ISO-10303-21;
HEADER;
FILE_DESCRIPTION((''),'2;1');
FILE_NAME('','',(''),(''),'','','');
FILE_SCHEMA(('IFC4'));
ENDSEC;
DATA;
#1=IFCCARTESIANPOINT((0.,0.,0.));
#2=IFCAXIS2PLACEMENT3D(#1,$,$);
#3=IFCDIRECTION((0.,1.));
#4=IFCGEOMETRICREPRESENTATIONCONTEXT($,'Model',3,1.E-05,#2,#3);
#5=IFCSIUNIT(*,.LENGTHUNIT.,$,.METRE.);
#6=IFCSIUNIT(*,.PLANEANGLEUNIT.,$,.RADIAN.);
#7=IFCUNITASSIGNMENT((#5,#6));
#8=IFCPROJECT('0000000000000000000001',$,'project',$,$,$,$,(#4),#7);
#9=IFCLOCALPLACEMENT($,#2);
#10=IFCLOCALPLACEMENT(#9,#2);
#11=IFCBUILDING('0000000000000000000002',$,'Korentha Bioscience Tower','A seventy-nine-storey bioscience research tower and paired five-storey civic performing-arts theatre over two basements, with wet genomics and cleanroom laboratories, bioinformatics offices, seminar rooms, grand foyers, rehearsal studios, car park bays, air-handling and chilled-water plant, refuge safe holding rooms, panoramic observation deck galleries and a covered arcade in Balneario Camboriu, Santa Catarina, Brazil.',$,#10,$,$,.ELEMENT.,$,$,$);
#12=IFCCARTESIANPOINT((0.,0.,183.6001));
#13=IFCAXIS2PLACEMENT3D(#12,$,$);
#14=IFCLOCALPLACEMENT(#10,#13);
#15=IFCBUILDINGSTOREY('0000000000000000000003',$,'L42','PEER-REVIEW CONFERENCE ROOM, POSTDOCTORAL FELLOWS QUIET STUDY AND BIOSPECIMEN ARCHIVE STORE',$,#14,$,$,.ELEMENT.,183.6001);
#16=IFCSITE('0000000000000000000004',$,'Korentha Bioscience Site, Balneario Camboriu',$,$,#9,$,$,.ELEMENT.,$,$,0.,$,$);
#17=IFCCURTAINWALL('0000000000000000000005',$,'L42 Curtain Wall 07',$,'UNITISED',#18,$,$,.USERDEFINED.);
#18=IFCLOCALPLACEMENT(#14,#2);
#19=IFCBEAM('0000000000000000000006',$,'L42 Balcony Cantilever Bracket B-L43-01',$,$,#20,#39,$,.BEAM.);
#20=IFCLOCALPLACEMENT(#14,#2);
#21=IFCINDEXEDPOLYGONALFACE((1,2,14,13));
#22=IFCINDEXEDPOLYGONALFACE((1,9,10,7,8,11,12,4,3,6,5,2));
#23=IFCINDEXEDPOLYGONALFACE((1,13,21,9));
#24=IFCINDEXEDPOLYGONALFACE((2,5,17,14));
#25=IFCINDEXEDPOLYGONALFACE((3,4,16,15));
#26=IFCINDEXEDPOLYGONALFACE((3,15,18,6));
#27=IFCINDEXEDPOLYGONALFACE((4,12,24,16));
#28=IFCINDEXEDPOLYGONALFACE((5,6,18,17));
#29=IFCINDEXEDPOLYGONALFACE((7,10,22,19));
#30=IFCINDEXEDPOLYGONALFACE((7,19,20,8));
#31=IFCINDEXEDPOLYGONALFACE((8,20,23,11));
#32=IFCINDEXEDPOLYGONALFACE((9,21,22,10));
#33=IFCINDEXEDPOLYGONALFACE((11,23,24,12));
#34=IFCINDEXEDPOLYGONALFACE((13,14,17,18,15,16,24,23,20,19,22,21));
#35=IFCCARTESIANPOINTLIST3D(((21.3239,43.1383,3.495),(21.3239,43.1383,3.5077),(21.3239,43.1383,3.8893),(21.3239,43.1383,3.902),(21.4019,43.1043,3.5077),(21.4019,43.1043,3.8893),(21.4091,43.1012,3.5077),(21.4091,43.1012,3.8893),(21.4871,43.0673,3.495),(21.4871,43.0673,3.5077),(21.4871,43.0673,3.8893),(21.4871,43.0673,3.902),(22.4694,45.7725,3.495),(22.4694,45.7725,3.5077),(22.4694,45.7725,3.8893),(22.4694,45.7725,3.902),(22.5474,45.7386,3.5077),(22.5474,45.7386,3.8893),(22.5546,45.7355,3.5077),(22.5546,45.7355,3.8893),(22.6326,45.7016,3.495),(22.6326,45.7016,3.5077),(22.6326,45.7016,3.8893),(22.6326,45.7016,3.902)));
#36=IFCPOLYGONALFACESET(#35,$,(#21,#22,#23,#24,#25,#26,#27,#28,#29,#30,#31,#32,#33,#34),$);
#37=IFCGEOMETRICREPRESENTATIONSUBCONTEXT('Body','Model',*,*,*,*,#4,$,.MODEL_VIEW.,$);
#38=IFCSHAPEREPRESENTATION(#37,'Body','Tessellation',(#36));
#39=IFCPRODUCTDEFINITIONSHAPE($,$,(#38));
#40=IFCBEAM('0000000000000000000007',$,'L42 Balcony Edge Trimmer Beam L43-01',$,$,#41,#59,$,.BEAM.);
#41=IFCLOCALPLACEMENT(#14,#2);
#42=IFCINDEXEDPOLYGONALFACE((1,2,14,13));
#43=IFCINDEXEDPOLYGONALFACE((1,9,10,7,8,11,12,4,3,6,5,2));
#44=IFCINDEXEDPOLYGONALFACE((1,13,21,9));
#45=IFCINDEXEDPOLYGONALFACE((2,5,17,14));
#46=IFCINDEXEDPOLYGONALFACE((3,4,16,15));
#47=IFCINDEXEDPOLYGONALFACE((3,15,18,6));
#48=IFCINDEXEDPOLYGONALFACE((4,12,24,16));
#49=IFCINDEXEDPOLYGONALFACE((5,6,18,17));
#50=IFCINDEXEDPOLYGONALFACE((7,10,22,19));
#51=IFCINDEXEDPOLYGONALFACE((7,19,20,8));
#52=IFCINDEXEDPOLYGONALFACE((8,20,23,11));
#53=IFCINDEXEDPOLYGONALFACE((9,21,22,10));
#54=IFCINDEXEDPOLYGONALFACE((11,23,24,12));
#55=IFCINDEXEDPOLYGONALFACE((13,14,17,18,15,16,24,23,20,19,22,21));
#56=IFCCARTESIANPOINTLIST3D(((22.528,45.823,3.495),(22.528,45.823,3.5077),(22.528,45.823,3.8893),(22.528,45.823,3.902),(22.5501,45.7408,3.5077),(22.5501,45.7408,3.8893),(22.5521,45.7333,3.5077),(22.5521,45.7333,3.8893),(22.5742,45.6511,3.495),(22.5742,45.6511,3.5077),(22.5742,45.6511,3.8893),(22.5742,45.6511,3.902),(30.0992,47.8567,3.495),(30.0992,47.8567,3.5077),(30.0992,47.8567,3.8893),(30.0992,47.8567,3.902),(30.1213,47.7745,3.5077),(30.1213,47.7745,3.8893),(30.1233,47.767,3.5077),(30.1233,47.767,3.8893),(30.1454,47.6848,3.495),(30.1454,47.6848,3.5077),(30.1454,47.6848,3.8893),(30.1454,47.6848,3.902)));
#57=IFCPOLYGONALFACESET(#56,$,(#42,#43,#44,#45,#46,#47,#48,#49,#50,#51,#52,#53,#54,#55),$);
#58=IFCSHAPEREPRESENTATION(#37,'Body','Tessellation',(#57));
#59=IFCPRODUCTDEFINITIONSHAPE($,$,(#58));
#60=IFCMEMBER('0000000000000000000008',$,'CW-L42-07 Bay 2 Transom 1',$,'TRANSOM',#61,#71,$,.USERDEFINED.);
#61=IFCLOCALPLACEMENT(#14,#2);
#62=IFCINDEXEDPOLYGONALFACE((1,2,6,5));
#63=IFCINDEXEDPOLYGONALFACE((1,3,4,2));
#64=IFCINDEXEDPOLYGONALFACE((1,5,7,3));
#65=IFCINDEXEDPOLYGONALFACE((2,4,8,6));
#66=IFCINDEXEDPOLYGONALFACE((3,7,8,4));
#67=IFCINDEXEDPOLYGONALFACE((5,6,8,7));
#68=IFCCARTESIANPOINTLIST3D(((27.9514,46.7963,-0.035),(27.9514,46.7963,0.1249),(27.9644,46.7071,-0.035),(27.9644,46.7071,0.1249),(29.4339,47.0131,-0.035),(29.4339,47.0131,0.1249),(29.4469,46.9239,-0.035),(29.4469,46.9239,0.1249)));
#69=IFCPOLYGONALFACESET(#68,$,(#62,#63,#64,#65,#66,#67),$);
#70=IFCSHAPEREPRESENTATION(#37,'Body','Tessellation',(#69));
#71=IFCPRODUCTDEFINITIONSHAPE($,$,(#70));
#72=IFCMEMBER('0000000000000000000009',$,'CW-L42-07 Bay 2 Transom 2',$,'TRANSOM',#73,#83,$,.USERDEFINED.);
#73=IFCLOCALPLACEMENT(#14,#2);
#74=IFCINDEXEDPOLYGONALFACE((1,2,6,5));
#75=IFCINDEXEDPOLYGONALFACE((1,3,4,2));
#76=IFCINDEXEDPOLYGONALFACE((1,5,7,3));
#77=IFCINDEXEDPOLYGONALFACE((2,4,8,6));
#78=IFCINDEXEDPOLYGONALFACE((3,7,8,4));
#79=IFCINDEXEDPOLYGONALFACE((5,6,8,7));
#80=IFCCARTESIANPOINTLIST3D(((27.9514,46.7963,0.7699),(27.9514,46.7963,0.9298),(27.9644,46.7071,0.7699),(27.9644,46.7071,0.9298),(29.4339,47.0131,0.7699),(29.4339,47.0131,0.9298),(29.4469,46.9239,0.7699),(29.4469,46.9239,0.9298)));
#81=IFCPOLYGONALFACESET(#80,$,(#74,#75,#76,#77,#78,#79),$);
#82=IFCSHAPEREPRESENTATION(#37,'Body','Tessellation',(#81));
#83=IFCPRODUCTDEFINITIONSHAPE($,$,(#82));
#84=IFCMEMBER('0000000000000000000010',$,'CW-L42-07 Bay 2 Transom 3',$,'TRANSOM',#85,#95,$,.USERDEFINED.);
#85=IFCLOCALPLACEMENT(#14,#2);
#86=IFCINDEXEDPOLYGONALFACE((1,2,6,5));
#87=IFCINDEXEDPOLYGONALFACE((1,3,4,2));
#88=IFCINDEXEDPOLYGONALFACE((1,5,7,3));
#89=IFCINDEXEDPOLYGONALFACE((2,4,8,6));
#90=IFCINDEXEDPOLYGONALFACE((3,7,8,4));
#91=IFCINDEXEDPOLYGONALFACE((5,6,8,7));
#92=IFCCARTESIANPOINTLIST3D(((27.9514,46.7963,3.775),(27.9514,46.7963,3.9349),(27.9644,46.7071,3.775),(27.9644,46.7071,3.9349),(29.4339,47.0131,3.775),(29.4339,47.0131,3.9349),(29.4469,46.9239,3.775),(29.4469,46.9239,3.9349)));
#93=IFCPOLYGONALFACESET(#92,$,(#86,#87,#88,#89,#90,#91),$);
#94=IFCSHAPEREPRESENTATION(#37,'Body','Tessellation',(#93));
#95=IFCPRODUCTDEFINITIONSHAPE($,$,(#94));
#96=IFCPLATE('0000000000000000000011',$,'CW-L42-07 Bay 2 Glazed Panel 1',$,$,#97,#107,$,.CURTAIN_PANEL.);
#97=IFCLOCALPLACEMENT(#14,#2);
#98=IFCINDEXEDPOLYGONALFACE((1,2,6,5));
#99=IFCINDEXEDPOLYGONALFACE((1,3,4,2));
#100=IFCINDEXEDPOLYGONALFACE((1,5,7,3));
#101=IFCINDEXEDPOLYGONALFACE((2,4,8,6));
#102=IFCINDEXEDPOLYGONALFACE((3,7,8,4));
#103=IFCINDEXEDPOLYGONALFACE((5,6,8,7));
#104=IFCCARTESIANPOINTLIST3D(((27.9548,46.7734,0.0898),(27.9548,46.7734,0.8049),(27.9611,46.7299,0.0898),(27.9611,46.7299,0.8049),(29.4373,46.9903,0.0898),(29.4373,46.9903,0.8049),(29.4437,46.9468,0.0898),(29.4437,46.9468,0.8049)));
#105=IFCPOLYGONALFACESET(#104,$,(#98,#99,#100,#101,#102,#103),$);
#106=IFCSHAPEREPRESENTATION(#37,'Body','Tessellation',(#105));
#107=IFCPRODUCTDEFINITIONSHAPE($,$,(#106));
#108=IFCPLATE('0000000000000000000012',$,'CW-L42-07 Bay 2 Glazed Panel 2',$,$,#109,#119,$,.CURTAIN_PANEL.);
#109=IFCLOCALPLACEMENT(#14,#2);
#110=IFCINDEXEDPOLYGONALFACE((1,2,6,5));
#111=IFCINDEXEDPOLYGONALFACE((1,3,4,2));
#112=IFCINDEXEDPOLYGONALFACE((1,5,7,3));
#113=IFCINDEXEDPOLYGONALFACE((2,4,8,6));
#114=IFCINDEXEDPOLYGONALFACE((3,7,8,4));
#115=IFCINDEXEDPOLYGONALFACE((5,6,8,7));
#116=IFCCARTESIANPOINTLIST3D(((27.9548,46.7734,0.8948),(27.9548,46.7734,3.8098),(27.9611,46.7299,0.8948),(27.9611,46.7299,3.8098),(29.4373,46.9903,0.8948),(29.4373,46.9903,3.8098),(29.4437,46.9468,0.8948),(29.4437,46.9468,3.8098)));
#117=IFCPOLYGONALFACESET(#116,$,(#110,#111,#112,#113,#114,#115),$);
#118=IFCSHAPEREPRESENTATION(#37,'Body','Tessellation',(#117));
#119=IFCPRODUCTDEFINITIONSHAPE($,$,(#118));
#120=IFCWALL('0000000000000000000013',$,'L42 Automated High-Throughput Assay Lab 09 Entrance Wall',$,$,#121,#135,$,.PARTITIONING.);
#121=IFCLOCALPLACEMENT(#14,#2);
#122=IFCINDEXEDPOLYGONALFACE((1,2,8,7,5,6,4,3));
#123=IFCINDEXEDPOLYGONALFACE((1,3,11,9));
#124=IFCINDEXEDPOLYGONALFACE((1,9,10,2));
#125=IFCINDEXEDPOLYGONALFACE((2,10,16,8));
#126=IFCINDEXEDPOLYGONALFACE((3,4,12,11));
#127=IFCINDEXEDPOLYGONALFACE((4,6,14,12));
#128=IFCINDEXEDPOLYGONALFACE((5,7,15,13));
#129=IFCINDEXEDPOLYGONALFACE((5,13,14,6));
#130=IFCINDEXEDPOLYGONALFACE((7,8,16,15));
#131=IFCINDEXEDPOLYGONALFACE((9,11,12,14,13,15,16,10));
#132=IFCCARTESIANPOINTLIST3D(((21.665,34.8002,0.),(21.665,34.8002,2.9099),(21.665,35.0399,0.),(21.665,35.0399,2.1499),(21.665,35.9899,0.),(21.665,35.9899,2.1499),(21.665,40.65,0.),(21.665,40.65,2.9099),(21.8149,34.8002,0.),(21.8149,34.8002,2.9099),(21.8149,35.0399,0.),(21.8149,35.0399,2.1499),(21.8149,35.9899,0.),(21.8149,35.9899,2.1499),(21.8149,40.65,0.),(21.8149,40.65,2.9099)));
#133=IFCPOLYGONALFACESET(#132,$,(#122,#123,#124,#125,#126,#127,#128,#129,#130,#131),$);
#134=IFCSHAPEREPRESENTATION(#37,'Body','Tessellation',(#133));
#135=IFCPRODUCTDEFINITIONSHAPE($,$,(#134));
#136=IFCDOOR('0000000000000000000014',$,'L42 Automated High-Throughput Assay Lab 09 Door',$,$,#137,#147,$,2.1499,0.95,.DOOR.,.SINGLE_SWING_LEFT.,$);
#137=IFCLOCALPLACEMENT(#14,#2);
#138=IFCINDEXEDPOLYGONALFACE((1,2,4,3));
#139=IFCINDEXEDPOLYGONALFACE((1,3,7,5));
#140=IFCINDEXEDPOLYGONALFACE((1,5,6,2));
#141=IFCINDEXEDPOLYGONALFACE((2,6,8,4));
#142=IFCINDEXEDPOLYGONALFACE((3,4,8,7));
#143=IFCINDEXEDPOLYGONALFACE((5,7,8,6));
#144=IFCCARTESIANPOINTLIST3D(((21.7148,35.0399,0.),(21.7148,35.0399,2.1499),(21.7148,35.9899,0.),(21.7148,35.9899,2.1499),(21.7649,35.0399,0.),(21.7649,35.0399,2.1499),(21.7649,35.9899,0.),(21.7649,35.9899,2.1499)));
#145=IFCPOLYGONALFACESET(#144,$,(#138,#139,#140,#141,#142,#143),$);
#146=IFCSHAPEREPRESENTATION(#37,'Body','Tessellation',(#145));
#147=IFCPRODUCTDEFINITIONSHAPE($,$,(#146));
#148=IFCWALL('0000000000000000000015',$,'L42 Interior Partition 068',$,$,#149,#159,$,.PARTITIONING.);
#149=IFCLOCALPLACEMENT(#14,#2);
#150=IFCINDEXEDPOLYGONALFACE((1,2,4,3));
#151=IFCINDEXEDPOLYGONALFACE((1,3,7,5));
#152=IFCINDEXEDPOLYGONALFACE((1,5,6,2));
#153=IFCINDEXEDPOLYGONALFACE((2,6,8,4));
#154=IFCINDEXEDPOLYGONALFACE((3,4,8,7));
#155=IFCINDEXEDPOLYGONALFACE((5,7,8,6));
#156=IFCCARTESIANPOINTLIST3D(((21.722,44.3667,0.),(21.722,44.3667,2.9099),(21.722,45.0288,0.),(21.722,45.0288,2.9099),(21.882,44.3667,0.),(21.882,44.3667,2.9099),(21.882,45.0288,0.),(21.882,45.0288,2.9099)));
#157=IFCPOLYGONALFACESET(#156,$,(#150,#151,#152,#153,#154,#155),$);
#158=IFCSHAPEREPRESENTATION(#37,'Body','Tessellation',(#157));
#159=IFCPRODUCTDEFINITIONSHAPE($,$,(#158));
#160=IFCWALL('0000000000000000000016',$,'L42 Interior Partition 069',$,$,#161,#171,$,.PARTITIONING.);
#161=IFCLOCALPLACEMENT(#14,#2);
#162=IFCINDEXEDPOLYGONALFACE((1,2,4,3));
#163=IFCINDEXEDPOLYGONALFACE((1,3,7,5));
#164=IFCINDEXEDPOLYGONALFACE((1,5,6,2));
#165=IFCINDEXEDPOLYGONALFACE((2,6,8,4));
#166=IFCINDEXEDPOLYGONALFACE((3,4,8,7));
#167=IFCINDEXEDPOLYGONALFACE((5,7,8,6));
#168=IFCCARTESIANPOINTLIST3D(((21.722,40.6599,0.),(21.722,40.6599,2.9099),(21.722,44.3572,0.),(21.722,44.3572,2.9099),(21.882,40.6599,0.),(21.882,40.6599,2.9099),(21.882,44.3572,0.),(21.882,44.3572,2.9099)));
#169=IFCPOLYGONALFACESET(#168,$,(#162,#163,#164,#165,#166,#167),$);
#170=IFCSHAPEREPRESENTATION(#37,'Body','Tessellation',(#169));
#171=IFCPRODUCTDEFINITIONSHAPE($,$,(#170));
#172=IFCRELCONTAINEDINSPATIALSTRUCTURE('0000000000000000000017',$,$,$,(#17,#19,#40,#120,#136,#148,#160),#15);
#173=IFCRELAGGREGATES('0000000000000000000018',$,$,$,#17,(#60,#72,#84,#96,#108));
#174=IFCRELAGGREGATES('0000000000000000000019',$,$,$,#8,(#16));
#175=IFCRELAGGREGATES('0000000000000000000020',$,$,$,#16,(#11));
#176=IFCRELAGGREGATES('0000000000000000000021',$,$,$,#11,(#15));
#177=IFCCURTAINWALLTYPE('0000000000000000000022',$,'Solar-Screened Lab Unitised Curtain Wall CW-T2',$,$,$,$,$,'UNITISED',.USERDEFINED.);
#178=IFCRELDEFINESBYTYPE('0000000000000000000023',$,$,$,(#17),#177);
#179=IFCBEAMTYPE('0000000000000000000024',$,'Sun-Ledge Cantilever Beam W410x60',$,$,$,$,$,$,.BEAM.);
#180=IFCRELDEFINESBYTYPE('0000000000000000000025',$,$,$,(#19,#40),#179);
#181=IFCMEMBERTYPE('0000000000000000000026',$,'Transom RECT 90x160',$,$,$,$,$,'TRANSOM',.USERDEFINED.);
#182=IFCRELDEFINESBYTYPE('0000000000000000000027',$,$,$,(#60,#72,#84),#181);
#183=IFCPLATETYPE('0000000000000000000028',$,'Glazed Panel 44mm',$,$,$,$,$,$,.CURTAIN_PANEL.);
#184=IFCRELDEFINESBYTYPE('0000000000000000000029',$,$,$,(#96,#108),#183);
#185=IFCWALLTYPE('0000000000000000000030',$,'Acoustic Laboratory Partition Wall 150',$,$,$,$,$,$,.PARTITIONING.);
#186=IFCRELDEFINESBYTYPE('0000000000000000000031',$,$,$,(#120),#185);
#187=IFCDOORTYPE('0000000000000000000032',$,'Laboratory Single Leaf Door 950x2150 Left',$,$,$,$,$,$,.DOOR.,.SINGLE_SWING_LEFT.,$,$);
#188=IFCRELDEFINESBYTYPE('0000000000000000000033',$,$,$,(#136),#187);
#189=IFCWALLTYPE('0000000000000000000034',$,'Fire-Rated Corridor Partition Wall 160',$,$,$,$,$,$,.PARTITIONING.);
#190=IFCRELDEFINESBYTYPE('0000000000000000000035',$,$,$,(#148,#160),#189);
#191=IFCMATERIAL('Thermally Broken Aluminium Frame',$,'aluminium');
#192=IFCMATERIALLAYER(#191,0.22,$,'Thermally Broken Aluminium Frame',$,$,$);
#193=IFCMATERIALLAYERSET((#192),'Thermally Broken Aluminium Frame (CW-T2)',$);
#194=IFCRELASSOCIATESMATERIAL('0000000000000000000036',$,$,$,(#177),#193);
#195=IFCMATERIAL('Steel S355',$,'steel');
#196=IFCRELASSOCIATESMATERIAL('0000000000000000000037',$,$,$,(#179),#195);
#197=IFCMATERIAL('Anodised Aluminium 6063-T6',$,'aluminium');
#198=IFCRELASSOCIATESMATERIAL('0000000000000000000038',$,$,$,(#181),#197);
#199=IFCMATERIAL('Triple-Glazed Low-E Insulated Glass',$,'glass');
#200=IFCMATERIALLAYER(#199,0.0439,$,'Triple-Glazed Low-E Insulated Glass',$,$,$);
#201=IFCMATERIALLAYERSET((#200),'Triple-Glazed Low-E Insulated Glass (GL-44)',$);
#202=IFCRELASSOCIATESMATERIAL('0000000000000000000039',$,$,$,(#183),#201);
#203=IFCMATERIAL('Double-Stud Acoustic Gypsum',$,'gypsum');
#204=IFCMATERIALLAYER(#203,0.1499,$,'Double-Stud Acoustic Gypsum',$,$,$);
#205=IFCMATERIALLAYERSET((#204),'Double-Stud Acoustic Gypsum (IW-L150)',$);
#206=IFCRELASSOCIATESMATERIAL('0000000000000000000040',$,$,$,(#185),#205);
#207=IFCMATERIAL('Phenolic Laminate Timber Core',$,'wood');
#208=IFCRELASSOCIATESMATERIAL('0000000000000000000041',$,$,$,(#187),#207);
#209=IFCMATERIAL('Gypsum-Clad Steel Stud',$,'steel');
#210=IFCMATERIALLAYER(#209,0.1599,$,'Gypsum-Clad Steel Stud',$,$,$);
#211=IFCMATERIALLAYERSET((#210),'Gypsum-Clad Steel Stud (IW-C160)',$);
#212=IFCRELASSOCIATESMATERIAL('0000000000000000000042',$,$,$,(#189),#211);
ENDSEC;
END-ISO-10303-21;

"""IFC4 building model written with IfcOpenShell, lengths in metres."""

from ifc_helpers import new_model, si_unit, direction, frame, frame_2d, origin, origin_2d, place, context, subcontext, project, spatial, rectangle, i_section, extrude, material, layer, layer_set, material_profile, profile_set, type_object, element, fill, aggregate, save


model = new_model("IFC4")

# Units and contexts
model_context = context("Model", 3, precision=1e-05, world=origin(), true_north=direction((0.0, 1.0)))
body_context = subcontext(model_context, "Body", "Model", "MODEL_VIEW")
ifc_project = project(units=[si_unit("LENGTHUNIT", "METRE"), si_unit("PLANEANGLEUNIT", "RADIAN")], contexts=[model_context])

# Site, building, storey
site_placement = place(None, origin())
site = spatial("IfcSite", under=ifc_project, at=site_placement, Name="Korentha Bioscience Site, Balneario Camboriu", CompositionType="ELEMENT", RefElevation=0.0)
building_placement = place(site_placement, origin())
building = spatial("IfcBuilding", under=site, at=building_placement, Name="Korentha Bioscience Tower", Description="A seventy-nine-storey bioscience research tower and paired five-storey civic performing-arts theatre over two basements, with wet genomics and cleanroom laboratories, bioinformatics offices, seminar rooms, grand foyers, rehearsal studios, car park bays, air-handling and chilled-water plant, refuge safe holding rooms, panoramic observation deck galleries and a covered arcade in Balneario Camboriu, Santa Catarina, Brazil.", CompositionType="ELEMENT")
storey_placement = place(building_placement, frame((0.0, 0.0, 183.6001)))
storey = spatial("IfcBuildingStorey", under=building, at=storey_placement, Name="L42", Description="PEER-REVIEW CONFERENCE ROOM, POSTDOCTORAL FELLOWS QUIET STUDY AND BIOSPECIMEN ARCHIVE STORE", CompositionType="ELEMENT", Elevation=183.6001)

# Shared definitions
ifc_material_1 = material(Name="Steel S355", Category="steel")

# Curtain wall
ifc_material_2 = material(Name="Thermally Broken Aluminium Frame", Category="aluminium")
ifc_layer_1 = layer(ifc_material_2, 0.22, Name="Thermally Broken Aluminium Frame")
ifc_layer_set_1 = layer_set([ifc_layer_1], Name="Thermally Broken Aluminium Frame (CW-T2)")
curtain_wall_type = type_object("IfcCurtainWallType", Name="Solar-Screened Lab Unitised Curtain Wall CW-T2", ElementType="UNITISED", PredefinedType="USERDEFINED", material=ifc_layer_set_1)
curtain_wall_placement = place(storey_placement, origin())
curtain_wall = element("IfcCurtainWall", 1, at=curtain_wall_placement, inside=storey, type_object=curtain_wall_type, Name="L42 Curtain Wall 07", ObjectType="UNITISED", PredefinedType="USERDEFINED")
ifc_material_3 = material(Name="Anodised Aluminium 6063-T6", Category="aluminium")

# Beams
ifc_material_profile_1 = material_profile(ifc_material_1, i_section(OverallWidth=0.178, OverallDepth=0.407, WebThickness=0.0078, FlangeThickness=0.0127, at=origin_2d()), Name="Steel S355")
ifc_profile_set_1 = profile_set([ifc_material_profile_1], Name="Steel S355 (CB-410)")
beam_type_1 = type_object("IfcBeamType", Name="Sun-Ledge Cantilever Beam W410x60", PredefinedType="BEAM", material=ifc_profile_set_1)
beam_1_placement = place(storey_placement, frame((21.4055, 43.1028, 3.6985), z_axis=(0.398776, 0.917048, 0.0), x_axis=(-0.917048, 0.398776, 0.0)))
element("IfcBeam", 2, at=beam_1_placement, inside=storey, type_object=beam_type_1, Name="L42 Balcony Cantilever Bracket B-L43-01", PredefinedType="BEAM", context=body_context, shape_type="SweptSolid", body=[
    extrude(i_section(OverallWidth=0.178, OverallDepth=0.407, WebThickness=0.0078, FlangeThickness=0.0127, at=origin_2d()), origin(), (0.0, 0.0, 1.0), 2.8726),
])
beam_2_placement = place(storey_placement, frame((30.1223, 47.7708, 3.6985), z_axis=(-0.965767, -0.259411, 0.0), x_axis=(0.259411, -0.965767, 0.0)))
element("IfcBeam", 3, at=beam_2_placement, inside=storey, type_object=beam_type_1, Name="L42 Balcony Edge Trimmer Beam L43-01", PredefinedType="BEAM", context=body_context, shape_type="SweptSolid", body=[
    extrude(i_section(OverallWidth=0.178, OverallDepth=0.407, WebThickness=0.0078, FlangeThickness=0.0127, at=origin_2d()), origin(), (0.0, 0.0, 1.0), 7.8396),
])

# Members
ifc_material_profile_2 = material_profile(ifc_material_3, rectangle(XDim=0.0901, YDim=0.1599, at=origin_2d()), Name="Anodised Aluminium 6063-T6")
ifc_profile_set_2 = profile_set([ifc_material_profile_2], Name="Anodised Aluminium 6063-T6 (CW-TRN)")
member_type_1 = type_object("IfcMemberType", Name="Transom RECT 90x160", ElementType="TRANSOM", PredefinedType="USERDEFINED", material=ifc_profile_set_2)
member_1_placement = place(storey_placement, frame((29.4404, 46.9685, 0.0449), z_axis=(-0.989475, -0.144706, 0.0), x_axis=(0.144706, -0.989475, 0.0)))
member_1 = element("IfcMember", 4, at=member_1_placement, type_object=member_type_1, Name="CW-L42-07 Bay 2 Transom 1", ObjectType="TRANSOM", PredefinedType="USERDEFINED", context=body_context, shape_type="SweptSolid", body=[
    extrude(rectangle(XDim=0.0901, YDim=0.1599, at=origin_2d()), origin(), (0.0, 0.0, 1.0), 1.4983),
])
member_2_placement = place(storey_placement, frame((29.4404, 46.9685, 0.8499), z_axis=(-0.989475, -0.144706, 0.0), x_axis=(0.144706, -0.989475, 0.0)))
member_2 = element("IfcMember", 5, at=member_2_placement, type_object=member_type_1, Name="CW-L42-07 Bay 2 Transom 2", ObjectType="TRANSOM", PredefinedType="USERDEFINED", context=body_context, shape_type="SweptSolid", body=[
    extrude(rectangle(XDim=0.0901, YDim=0.1599, at=origin_2d()), origin(), (0.0, 0.0, 1.0), 1.4983),
])
member_3_placement = place(storey_placement, frame((29.4404, 46.9685, 3.855), z_axis=(-0.989475, -0.144706, 0.0), x_axis=(0.144706, -0.989475, 0.0)))
member_3 = element("IfcMember", 6, at=member_3_placement, type_object=member_type_1, Name="CW-L42-07 Bay 2 Transom 3", ObjectType="TRANSOM", PredefinedType="USERDEFINED", context=body_context, shape_type="SweptSolid", body=[
    extrude(rectangle(XDim=0.0901, YDim=0.1599, at=origin_2d()), origin(), (0.0, 0.0, 1.0), 1.4983),
])

# Plates
ifc_material_4 = material(Name="Triple-Glazed Low-E Insulated Glass", Category="glass")
ifc_layer_2 = layer(ifc_material_4, 0.0439, Name="Triple-Glazed Low-E Insulated Glass")
ifc_layer_set_2 = layer_set([ifc_layer_2], Name="Triple-Glazed Low-E Insulated Glass (GL-44)")
plate_type = type_object("IfcPlateType", Name="Glazed Panel 44mm", PredefinedType="CURTAIN_PANEL", material=ifc_layer_set_2)
plate_1_placement = place(storey_placement, frame((28.6992, 46.8601, 0.0898), z_axis=(0.0, 0.0, 1.0), x_axis=(-0.989462, -0.144793, 0.0)))
plate_1 = element("IfcPlate", 7, at=plate_1_placement, type_object=plate_type, Name="CW-L42-07 Bay 2 Glazed Panel 1", PredefinedType="CURTAIN_PANEL", context=body_context, shape_type="SweptSolid", body=[
    extrude(rectangle(XDim=1.4983, YDim=0.0439, at=origin_2d()), origin(), (0.0, 0.0, 1.0), 0.7151),
])
plate_2_placement = place(storey_placement, frame((28.6992, 46.8601, 0.8948), z_axis=(0.0, 0.0, 1.0), x_axis=(-0.989462, -0.144793, 0.0)))
plate_2 = element("IfcPlate", 8, at=plate_2_placement, type_object=plate_type, Name="CW-L42-07 Bay 2 Glazed Panel 2", PredefinedType="CURTAIN_PANEL", context=body_context, shape_type="SweptSolid", body=[
    extrude(rectangle(XDim=1.4983, YDim=0.0439, at=origin_2d()), origin(), (0.0, 0.0, 1.0), 2.915),
])
aggregate(curtain_wall, [member_1, member_2, member_3, plate_1, plate_2])

# Wall, opening, door
ifc_material_5 = material(Name="Double-Stud Acoustic Gypsum", Category="gypsum")
ifc_layer_3 = layer(ifc_material_5, 0.1499, Name="Double-Stud Acoustic Gypsum")
ifc_layer_set_3 = layer_set([ifc_layer_3], Name="Double-Stud Acoustic Gypsum (IW-L150)")
wall_type_1 = type_object("IfcWallType", Name="Acoustic Laboratory Partition Wall 150", PredefinedType="PARTITIONING", material=ifc_layer_set_3)
wall_1_placement = place(storey_placement, frame((21.74, 40.6499, 0.0), z_axis=(0.0, 0.0, 1.0), x_axis=(0.0, -1.0, 0.0)))
wall_1 = element("IfcWall", 9, at=wall_1_placement, inside=storey, type_object=wall_type_1, Name="L42 Automated High-Throughput Assay Lab 09 Entrance Wall", PredefinedType="PARTITIONING", context=body_context, shape_type="SweptSolid", body=[
    extrude(rectangle(XDim=5.8499, YDim=0.1499, at=frame_2d((2.9248, 0.0))), origin(), (0.0, 0.0, 1.0), 2.9099),
])
opening_1_placement = place(wall_1_placement, frame((4.6599, 0.0, 0.0)))
opening_1 = element("IfcOpeningElement", 10, at=opening_1_placement, cuts=wall_1, PredefinedType="OPENING", context=body_context, shape_type="SweptSolid", body=[
    extrude(rectangle(XDim=0.95, YDim=2.1499, at=frame_2d((0.4751, 1.075))), frame((0.0, 0.0898, 0.0), z_axis=(0.0, -1.0, 0.0), x_axis=(1.0, 0.0, 0.0)), (0.0, 0.0, 1.0), 0.1797),
])
ifc_material_6 = material(Name="Phenolic Laminate Timber Core", Category="wood")
door_type = type_object("IfcDoorType", Name="Laboratory Single Leaf Door 950x2150 Left", OperationType="SINGLE_SWING_LEFT", PredefinedType="DOOR", material=ifc_material_6)
door_placement = place(opening_1_placement, origin())
door = element("IfcDoor", 11, at=door_placement, inside=storey, type_object=door_type, Name="L42 Automated High-Throughput Assay Lab 09 Door", OperationType="SINGLE_SWING_LEFT", OverallHeight=2.1499, OverallWidth=0.95, PredefinedType="DOOR", context=body_context, shape_type="SweptSolid", body=[
    extrude(rectangle(XDim=0.95, YDim=2.1499, at=frame_2d((0.4751, 1.075))), frame((0.0, 0.0249, 0.0), z_axis=(0.0, -1.0, 0.0), x_axis=(1.0, 0.0, 0.0)), (0.0, 0.0, 1.0), 0.05),
])
fill(opening_1, door)

# Walls
ifc_material_7 = material(Name="Gypsum-Clad Steel Stud", Category="steel")
ifc_layer_4 = layer(ifc_material_7, 0.1599, Name="Gypsum-Clad Steel Stud")
ifc_layer_set_4 = layer_set([ifc_layer_4], Name="Gypsum-Clad Steel Stud (IW-C160)")
wall_type_2 = type_object("IfcWallType", Name="Fire-Rated Corridor Partition Wall 160", PredefinedType="PARTITIONING", material=ifc_layer_set_4)
wall_2_placement = place(storey_placement, frame((21.802, 44.3667, 0.0), z_axis=(0.0, 0.0, 1.0), x_axis=(0.0, 1.0, 0.0)))
element("IfcWall", 12, at=wall_2_placement, inside=storey, type_object=wall_type_2, Name="L42 Interior Partition 068", PredefinedType="PARTITIONING", context=body_context, shape_type="SweptSolid", body=[
    extrude(rectangle(XDim=0.6621, YDim=0.1599, at=frame_2d((0.3311, 0.0))), origin(), (0.0, 0.0, 1.0), 2.9099),
])
wall_3_placement = place(storey_placement, frame((21.802, 40.6599, 0.0), z_axis=(0.0, 0.0, 1.0), x_axis=(0.0, 1.0, 0.0)))
element("IfcWall", 13, at=wall_3_placement, inside=storey, type_object=wall_type_2, Name="L42 Interior Partition 069", PredefinedType="PARTITIONING", context=body_context, shape_type="SweptSolid", body=[
    extrude(rectangle(XDim=3.6973, YDim=0.1599, at=frame_2d((1.8486, 0.0))), origin(), (0.0, 0.0, 1.0), 2.9099),
])

save(model, "model.ifc")
